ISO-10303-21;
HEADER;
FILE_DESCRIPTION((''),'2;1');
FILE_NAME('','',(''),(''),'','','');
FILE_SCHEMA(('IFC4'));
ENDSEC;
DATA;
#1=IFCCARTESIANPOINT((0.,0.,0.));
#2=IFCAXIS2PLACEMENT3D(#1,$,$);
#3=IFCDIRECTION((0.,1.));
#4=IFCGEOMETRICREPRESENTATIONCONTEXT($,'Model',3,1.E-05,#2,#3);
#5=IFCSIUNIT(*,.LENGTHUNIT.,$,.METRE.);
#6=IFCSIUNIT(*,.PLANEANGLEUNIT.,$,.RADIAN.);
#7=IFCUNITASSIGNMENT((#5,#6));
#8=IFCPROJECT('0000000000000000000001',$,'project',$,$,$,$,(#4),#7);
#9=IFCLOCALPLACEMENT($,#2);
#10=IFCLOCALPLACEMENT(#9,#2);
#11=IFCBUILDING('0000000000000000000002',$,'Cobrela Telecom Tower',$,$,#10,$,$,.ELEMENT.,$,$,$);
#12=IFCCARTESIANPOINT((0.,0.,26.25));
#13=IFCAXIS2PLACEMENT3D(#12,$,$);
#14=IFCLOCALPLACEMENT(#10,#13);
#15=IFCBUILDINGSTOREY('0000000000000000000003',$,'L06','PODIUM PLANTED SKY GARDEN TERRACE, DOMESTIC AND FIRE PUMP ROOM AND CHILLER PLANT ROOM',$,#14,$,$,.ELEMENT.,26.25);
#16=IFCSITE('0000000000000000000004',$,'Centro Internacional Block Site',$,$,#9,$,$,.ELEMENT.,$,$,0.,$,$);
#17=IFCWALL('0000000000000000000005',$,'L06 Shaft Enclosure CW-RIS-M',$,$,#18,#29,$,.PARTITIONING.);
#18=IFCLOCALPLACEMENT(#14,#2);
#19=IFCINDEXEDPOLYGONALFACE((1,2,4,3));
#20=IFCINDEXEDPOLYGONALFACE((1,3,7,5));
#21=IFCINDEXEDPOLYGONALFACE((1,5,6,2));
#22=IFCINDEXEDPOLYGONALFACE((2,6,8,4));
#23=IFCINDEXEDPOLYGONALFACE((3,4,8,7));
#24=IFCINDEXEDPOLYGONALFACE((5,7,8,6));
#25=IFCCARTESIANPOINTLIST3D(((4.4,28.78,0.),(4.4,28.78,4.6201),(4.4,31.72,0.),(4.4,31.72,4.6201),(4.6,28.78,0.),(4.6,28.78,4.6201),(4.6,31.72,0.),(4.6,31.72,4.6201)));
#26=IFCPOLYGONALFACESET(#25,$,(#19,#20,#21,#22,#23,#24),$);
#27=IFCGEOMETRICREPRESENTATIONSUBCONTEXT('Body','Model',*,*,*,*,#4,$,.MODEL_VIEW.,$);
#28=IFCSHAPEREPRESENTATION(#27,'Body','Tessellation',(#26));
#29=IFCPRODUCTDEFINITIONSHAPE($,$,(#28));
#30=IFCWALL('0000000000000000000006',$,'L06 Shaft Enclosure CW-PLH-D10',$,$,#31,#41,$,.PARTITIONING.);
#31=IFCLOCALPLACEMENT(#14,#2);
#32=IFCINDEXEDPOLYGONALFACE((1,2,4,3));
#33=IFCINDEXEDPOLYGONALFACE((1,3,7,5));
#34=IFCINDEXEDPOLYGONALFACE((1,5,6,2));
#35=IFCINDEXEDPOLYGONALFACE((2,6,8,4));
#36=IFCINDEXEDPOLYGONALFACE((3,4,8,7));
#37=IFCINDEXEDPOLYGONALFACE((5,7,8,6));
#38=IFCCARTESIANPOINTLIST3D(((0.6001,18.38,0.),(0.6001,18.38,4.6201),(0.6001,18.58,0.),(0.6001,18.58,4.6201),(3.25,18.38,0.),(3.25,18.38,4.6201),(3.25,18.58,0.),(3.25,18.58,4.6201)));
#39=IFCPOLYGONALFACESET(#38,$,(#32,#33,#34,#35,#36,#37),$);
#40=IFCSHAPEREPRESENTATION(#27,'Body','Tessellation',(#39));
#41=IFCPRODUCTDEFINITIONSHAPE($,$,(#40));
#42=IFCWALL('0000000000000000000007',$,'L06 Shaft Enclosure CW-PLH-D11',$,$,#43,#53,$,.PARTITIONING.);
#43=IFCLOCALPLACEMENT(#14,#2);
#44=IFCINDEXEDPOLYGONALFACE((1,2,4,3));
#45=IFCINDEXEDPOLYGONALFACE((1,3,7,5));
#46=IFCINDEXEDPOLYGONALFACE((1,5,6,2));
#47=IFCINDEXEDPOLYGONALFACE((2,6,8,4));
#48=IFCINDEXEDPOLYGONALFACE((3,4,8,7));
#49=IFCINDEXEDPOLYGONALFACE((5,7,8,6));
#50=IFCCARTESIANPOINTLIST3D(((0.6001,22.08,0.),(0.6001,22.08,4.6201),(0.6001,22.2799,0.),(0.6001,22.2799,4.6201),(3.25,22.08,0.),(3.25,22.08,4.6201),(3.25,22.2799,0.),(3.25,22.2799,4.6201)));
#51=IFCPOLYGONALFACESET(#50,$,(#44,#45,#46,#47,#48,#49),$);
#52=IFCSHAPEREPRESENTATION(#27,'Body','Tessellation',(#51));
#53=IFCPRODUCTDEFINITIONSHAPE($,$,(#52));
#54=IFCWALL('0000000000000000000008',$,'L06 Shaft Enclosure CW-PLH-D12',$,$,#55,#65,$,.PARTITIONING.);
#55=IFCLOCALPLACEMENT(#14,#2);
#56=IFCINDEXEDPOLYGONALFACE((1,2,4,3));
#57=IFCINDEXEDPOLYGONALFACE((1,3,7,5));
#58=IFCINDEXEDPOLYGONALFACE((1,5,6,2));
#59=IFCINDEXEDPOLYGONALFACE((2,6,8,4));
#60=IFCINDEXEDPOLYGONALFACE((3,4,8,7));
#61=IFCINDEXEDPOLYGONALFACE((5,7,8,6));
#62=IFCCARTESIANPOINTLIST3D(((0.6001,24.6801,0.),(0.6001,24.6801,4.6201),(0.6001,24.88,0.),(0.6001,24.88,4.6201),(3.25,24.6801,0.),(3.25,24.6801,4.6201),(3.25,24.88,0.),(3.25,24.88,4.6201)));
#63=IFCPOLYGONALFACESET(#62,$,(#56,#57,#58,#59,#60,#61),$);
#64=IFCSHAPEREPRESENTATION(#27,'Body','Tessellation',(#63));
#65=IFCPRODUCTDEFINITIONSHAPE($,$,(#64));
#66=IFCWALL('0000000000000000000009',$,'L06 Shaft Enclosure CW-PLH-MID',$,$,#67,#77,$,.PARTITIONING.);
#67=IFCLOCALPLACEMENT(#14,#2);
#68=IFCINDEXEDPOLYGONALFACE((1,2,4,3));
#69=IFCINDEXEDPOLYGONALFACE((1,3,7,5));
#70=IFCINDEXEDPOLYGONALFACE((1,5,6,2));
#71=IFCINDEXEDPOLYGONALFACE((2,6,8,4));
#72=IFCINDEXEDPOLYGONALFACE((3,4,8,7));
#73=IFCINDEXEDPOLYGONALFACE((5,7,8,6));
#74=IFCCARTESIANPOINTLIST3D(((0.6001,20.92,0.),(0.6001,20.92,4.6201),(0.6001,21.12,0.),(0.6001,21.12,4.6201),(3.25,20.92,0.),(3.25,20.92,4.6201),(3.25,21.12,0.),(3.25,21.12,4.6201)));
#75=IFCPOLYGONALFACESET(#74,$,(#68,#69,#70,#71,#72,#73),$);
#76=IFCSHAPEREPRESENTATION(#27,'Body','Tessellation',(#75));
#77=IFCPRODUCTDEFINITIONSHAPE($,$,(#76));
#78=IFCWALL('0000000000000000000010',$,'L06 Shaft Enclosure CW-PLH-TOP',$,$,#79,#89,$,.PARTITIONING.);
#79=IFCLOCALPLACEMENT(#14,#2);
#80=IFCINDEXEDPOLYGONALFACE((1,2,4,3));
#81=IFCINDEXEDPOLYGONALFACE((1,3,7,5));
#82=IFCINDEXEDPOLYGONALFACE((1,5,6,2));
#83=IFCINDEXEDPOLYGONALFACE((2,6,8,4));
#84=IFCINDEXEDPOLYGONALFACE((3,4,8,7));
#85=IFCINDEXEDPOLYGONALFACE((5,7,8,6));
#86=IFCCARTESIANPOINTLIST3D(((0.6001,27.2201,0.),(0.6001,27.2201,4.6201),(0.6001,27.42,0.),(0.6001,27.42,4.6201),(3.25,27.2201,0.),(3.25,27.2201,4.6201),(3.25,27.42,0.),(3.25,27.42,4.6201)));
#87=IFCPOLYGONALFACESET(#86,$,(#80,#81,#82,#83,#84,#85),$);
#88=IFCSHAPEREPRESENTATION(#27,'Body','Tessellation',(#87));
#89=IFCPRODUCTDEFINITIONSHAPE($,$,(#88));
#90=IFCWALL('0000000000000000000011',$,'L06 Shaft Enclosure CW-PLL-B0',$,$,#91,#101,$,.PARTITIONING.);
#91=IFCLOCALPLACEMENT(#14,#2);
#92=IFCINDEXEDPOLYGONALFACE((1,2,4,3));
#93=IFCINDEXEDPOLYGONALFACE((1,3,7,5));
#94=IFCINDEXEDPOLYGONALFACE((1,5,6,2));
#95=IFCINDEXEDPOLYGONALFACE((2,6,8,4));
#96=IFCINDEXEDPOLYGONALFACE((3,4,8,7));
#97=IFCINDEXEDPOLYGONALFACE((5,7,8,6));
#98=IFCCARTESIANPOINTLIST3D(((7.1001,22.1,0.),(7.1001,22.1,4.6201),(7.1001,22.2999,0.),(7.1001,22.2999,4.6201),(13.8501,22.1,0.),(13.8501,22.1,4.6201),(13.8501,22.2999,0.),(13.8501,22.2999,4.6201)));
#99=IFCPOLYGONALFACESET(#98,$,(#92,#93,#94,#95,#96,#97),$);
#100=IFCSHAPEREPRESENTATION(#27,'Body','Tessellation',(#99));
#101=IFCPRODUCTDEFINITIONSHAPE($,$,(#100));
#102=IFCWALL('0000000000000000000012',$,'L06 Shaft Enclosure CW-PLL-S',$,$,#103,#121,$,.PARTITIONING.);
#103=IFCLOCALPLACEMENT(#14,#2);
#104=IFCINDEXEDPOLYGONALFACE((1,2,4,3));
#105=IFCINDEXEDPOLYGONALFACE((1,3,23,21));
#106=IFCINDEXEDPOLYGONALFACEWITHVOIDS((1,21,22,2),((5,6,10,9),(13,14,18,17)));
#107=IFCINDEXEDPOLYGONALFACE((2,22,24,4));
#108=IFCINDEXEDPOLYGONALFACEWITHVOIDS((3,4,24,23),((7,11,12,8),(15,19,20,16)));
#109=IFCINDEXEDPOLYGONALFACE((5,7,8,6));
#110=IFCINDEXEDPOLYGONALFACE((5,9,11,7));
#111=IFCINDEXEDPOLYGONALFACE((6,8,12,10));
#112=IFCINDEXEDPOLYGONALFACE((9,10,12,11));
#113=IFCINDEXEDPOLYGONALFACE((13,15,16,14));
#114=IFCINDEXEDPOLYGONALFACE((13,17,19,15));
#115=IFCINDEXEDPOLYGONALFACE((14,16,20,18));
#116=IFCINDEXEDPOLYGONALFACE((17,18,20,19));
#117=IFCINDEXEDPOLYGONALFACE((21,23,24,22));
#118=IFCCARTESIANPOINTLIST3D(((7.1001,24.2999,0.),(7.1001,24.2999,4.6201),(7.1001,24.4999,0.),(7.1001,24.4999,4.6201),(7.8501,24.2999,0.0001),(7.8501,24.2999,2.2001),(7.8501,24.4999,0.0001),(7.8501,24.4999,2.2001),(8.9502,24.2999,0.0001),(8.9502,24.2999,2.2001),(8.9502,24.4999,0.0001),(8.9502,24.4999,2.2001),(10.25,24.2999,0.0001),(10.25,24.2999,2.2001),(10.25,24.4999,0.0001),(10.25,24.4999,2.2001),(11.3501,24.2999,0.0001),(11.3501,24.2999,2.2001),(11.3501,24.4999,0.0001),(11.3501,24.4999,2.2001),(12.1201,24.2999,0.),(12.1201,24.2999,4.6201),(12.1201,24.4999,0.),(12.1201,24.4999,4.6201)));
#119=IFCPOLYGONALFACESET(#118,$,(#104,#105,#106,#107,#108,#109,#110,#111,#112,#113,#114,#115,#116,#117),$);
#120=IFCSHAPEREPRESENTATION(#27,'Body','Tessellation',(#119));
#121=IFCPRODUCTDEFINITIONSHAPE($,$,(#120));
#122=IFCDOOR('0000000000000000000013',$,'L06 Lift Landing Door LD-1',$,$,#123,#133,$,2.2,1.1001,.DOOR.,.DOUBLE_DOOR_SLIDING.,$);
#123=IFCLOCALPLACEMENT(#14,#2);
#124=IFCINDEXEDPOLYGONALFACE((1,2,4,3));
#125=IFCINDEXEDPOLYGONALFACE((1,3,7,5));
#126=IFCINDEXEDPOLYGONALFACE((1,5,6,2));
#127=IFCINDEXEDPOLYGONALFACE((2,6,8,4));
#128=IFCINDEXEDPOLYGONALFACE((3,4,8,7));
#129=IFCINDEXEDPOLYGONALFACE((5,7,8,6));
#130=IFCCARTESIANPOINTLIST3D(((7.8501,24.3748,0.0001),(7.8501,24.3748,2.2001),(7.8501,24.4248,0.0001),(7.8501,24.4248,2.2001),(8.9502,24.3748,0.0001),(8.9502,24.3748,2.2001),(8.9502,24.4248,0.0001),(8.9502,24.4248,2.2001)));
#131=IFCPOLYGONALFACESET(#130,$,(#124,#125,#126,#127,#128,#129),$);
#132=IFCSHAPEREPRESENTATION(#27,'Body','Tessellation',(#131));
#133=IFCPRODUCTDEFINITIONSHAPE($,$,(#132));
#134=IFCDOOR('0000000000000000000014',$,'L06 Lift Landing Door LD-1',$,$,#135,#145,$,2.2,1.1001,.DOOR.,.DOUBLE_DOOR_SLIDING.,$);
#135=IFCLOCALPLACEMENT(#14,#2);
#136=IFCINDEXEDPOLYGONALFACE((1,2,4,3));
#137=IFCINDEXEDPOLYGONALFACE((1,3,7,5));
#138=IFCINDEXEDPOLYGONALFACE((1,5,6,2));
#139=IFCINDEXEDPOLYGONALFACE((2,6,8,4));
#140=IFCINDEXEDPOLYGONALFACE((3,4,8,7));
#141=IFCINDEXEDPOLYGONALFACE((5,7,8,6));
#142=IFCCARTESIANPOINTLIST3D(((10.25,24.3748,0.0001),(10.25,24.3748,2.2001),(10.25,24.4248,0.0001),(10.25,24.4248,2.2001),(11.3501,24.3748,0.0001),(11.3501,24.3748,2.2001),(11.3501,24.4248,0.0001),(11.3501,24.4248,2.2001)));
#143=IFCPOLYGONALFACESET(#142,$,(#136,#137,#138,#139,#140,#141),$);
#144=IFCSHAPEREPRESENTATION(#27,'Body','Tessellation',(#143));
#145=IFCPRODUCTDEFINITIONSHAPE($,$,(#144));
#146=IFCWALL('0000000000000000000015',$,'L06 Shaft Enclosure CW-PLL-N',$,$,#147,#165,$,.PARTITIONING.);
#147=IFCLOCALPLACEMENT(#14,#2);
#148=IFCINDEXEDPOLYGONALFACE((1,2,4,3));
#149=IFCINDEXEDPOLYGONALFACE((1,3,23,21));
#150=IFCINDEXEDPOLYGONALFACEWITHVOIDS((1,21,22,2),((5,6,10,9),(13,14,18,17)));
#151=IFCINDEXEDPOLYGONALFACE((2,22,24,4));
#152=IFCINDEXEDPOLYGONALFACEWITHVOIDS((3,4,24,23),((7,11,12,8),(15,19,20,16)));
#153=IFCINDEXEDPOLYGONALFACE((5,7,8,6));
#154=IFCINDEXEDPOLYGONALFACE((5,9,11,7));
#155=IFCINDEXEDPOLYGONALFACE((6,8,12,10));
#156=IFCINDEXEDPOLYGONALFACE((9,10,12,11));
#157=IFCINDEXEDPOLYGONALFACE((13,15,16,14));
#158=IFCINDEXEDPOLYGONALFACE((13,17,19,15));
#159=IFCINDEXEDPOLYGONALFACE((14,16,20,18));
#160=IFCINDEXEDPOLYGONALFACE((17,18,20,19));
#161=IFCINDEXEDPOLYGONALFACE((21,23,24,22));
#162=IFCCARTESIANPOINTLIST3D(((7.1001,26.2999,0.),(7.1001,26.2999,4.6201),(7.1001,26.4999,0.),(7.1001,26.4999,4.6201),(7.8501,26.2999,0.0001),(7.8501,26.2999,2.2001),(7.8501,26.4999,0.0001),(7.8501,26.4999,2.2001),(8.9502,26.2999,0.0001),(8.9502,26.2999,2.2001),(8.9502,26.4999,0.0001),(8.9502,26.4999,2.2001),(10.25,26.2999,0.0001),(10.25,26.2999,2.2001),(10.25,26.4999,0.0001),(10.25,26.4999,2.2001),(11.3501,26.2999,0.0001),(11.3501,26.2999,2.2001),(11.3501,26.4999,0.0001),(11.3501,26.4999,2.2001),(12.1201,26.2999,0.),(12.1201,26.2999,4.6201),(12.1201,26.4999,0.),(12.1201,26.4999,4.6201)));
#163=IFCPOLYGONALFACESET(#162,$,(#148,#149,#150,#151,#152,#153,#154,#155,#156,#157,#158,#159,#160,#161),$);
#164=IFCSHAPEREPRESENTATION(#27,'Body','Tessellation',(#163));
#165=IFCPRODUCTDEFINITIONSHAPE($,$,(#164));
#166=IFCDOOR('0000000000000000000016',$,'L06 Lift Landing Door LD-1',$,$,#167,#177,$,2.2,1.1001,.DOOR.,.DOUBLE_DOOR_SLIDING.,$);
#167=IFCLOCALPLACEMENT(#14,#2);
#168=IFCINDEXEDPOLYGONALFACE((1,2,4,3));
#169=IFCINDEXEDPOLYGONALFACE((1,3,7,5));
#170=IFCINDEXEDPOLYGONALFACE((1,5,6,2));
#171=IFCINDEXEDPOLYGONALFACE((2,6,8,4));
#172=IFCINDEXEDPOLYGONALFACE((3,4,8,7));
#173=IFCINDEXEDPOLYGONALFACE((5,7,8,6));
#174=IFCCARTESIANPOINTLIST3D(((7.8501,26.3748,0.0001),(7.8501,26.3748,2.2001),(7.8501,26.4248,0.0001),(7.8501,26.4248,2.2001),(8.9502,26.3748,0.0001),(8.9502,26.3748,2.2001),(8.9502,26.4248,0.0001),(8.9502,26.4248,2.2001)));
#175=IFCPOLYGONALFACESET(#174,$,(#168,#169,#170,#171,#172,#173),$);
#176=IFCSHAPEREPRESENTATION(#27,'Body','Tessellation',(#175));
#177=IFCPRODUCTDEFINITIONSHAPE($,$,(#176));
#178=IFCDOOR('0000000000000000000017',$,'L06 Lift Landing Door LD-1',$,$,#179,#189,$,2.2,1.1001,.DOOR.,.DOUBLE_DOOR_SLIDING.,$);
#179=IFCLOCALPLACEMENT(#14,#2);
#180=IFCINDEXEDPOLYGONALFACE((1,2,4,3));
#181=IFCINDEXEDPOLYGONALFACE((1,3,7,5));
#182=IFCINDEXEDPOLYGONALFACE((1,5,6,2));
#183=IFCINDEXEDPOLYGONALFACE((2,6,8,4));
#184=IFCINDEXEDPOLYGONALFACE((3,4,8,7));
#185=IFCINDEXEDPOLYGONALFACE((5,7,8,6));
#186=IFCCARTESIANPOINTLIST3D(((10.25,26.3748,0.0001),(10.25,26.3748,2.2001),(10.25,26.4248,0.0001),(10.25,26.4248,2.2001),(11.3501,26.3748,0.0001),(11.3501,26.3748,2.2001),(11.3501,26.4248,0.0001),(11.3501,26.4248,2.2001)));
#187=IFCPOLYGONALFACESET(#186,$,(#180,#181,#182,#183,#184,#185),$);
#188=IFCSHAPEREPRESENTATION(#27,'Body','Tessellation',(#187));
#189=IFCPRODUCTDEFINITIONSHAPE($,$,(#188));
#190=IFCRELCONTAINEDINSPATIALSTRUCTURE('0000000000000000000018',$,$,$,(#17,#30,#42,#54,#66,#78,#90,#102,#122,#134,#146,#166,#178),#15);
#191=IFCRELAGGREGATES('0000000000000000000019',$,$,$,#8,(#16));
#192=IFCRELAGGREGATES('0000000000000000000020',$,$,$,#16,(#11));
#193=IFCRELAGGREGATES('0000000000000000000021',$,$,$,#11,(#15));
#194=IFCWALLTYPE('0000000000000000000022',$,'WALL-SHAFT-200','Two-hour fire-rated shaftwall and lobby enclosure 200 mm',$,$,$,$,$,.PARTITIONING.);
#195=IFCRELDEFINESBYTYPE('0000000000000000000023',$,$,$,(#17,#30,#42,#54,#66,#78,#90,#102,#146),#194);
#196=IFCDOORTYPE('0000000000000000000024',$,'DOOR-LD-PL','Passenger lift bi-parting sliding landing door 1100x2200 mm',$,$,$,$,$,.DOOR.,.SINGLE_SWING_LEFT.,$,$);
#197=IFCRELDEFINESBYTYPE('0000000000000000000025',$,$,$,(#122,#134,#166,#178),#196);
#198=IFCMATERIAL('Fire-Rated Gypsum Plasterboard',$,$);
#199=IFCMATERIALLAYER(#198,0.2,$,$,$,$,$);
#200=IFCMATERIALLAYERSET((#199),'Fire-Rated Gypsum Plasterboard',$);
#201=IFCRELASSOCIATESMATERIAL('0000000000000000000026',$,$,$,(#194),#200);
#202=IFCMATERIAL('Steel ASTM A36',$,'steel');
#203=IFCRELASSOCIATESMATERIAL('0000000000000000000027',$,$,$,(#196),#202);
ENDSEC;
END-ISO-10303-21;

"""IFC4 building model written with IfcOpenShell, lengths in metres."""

from ifc_helpers import new_model, si_unit, direction, frame, frame_2d, origin, place, context, subcontext, project, spatial, rectangle, extrude, material, layer, layer_set, type_object, element, fill, save


model = new_model("IFC4")

# Units and contexts
model_context = context("Model", 3, precision=1e-05, world=origin(), true_north=direction((0.0, 1.0)))
body_context = subcontext(model_context, "Body", "Model", "MODEL_VIEW")
ifc_project = project(units=[si_unit("LENGTHUNIT", "METRE"), si_unit("PLANEANGLEUNIT", "RADIAN")], contexts=[model_context])

# Site, building, storey
site_placement = place(None, origin())
site = spatial("IfcSite", under=ifc_project, at=site_placement, Name="Centro Internacional Block Site", CompositionType="ELEMENT", RefElevation=0.0)
building_placement = place(site_placement, origin())
building = spatial("IfcBuilding", under=site, at=building_placement, Name="Cobrela Telecom Tower", CompositionType="ELEMENT")
storey_placement = place(building_placement, frame((0.0, 0.0, 26.25)))
storey = spatial("IfcBuildingStorey", under=building, at=storey_placement, Name="L06", Description="PODIUM PLANTED SKY GARDEN TERRACE, DOMESTIC AND FIRE PUMP ROOM AND CHILLER PLANT ROOM", CompositionType="ELEMENT", Elevation=26.25)

# Shared definitions
ifc_material_1 = material(Name="Fire-Rated Gypsum Plasterboard")
ifc_layer_1 = layer(ifc_material_1, 0.2)
ifc_layer_set_1 = layer_set([ifc_layer_1], Name="Fire-Rated Gypsum Plasterboard")
wall_type_1 = type_object("IfcWallType", Name="WALL-SHAFT-200", Description="Two-hour fire-rated shaftwall and lobby enclosure 200 mm", PredefinedType="PARTITIONING", material=ifc_layer_set_1)
ifc_material_2 = material(Name="Steel ASTM A36", Category="steel")

# Walls
wall_1_placement = place(storey_placement, frame((4.5, 28.78, 0.0), z_axis=(0.0, 0.0, 1.0), x_axis=(0.0, 1.0, 0.0)))
element("IfcWall", 1, at=wall_1_placement, inside=storey, type_object=wall_type_1, Name="L06 Shaft Enclosure CW-RIS-M", PredefinedType="PARTITIONING", context=body_context, shape_type="SweptSolid", body=[
    extrude(rectangle(XDim=2.9399, YDim=0.2, at=frame_2d((1.47, 0.0))), origin(), (0.0, 0.0, 1.0), 4.6201),
])
for number, where, z_axis, x_axis, name in (
    (2, (0.6001, 18.48, 0.0), (0.0, 0.0, 1.0), (1.0, 0.0, 0.0), "L06 Shaft Enclosure CW-PLH-D10"),
    (3, (0.6001, 22.1799, 0.0), (0.0, 0.0, 1.0), (1.0, 0.0, 0.0), "L06 Shaft Enclosure CW-PLH-D11"),
    (4, (0.6001, 24.78, 0.0), (0.0, 0.0, 1.0), (1.0, 0.0, 0.0), "L06 Shaft Enclosure CW-PLH-D12"),
    (5, (0.6001, 21.02, 0.0), (0.0, 0.0, 1.0), (1.0, 0.0, 0.0), "L06 Shaft Enclosure CW-PLH-MID"),
    (6, (0.6001, 27.3201, 0.0), (0.0, 0.0, 1.0), (1.0, 0.0, 0.0), "L06 Shaft Enclosure CW-PLH-TOP"),
):
    element("IfcWall", number, at=place(storey_placement, frame(where, z_axis=z_axis, x_axis=x_axis)), inside=storey, type_object=wall_type_1, Name=name, PredefinedType="PARTITIONING", context=body_context, shape_type="SweptSolid", body=[
        extrude(rectangle(XDim=2.6499, YDim=0.2, at=frame_2d((1.325, 0.0))), origin(), (0.0, 0.0, 1.0), 4.6201),
    ])
wall_2_placement = place(storey_placement, frame((7.1001, 22.2, 0.0), z_axis=(0.0, 0.0, 1.0), x_axis=(1.0, 0.0, 0.0)))
element("IfcWall", 7, at=wall_2_placement, inside=storey, type_object=wall_type_1, Name="L06 Shaft Enclosure CW-PLL-B0", PredefinedType="PARTITIONING", context=body_context, shape_type="SweptSolid", body=[
    extrude(rectangle(XDim=6.75, YDim=0.2, at=frame_2d((3.375, 0.0))), origin(), (0.0, 0.0, 1.0), 4.6201),
])

# Walls, openings, doors
wall_3_placement = place(storey_placement, frame((7.1001, 24.3999, 0.0), z_axis=(0.0, 0.0, 1.0), x_axis=(1.0, 0.0, 0.0)))
wall_3 = element("IfcWall", 8, at=wall_3_placement, inside=storey, type_object=wall_type_1, Name="L06 Shaft Enclosure CW-PLL-S", PredefinedType="PARTITIONING", context=body_context, shape_type="SweptSolid", body=[
    extrude(rectangle(XDim=5.02, YDim=0.2, at=frame_2d((2.51, 0.0))), origin(), (0.0, 0.0, 1.0), 4.6201),
])
opening_1_placement = place(wall_3_placement, frame((0.75, 0.0, 0.0)))
opening_1 = element("IfcOpeningElement", 9, at=opening_1_placement, cuts=wall_3, PredefinedType="OPENING", context=body_context, shape_type="SweptSolid", body=[
    extrude(rectangle(XDim=1.1001, YDim=2.2, at=frame_2d((0.55, 1.1001))), frame((0.0, 0.1118, 0.0), z_axis=(0.0, -1.0, 0.0), x_axis=(1.0, 0.0, 0.0)), (0.0, 0.0, 1.0), 0.2239),
])
opening_2_placement = place(wall_3_placement, frame((3.1499, 0.0, 0.0)))
opening_2 = element("IfcOpeningElement", 10, at=opening_2_placement, cuts=wall_3, PredefinedType="OPENING", context=body_context, shape_type="SweptSolid", body=[
    extrude(rectangle(XDim=1.1001, YDim=2.2, at=frame_2d((0.55, 1.1001))), frame((0.0, 0.1118, 0.0), z_axis=(0.0, -1.0, 0.0), x_axis=(1.0, 0.0, 0.0)), (0.0, 0.0, 1.0), 0.2239),
])
door_type_1 = type_object("IfcDoorType", Name="DOOR-LD-PL", Description="Passenger lift bi-parting sliding landing door 1100x2200 mm", OperationType="SINGLE_SWING_LEFT", PredefinedType="DOOR", material=ifc_material_2)
door_1_placement = place(opening_1_placement, origin())
door_1 = element("IfcDoor", 11, at=door_1_placement, inside=storey, type_object=door_type_1, Name="L06 Lift Landing Door LD-1", OperationType="DOUBLE_DOOR_SLIDING", OverallHeight=2.2, OverallWidth=1.1001, PredefinedType="DOOR", context=body_context, shape_type="SweptSolid", body=[
    extrude(rectangle(XDim=1.1001, YDim=2.2, at=frame_2d((0.55, 1.1001))), frame((0.0, 0.0249, 0.0), z_axis=(0.0, -1.0, 0.0), x_axis=(1.0, 0.0, 0.0)), (0.0, 0.0, 1.0), 0.05),
])
fill(opening_1, door_1)
door_2_placement = place(opening_2_placement, origin())
door_2 = element("IfcDoor", 12, at=door_2_placement, inside=storey, type_object=door_type_1, Name="L06 Lift Landing Door LD-1", OperationType="DOUBLE_DOOR_SLIDING", OverallHeight=2.2, OverallWidth=1.1001, PredefinedType="DOOR", context=body_context, shape_type="SweptSolid", body=[
    extrude(rectangle(XDim=1.1001, YDim=2.2, at=frame_2d((0.55, 1.1001))), frame((0.0, 0.0249, 0.0), z_axis=(0.0, -1.0, 0.0), x_axis=(1.0, 0.0, 0.0)), (0.0, 0.0, 1.0), 0.05),
])
fill(opening_2, door_2)
wall_4_placement = place(storey_placement, frame((7.1001, 26.3999, 0.0), z_axis=(0.0, 0.0, 1.0), x_axis=(1.0, 0.0, 0.0)))
wall_4 = element("IfcWall", 13, at=wall_4_placement, inside=storey, type_object=wall_type_1, Name="L06 Shaft Enclosure CW-PLL-N", PredefinedType="PARTITIONING", context=body_context, shape_type="SweptSolid", body=[
    extrude(rectangle(XDim=5.02, YDim=0.2, at=frame_2d((2.51, 0.0))), origin(), (0.0, 0.0, 1.0), 4.6201),
])
opening_3_placement = place(wall_4_placement, frame((0.75, 0.0, 0.0)))
opening_3 = element("IfcOpeningElement", 14, at=opening_3_placement, cuts=wall_4, PredefinedType="OPENING", context=body_context, shape_type="SweptSolid", body=[
    extrude(rectangle(XDim=1.1001, YDim=2.2, at=frame_2d((0.55, 1.1001))), frame((0.0, 0.1118, 0.0), z_axis=(0.0, -1.0, 0.0), x_axis=(1.0, 0.0, 0.0)), (0.0, 0.0, 1.0), 0.2239),
])
opening_4_placement = place(wall_4_placement, frame((3.1499, 0.0, 0.0)))
opening_4 = element("IfcOpeningElement", 15, at=opening_4_placement, cuts=wall_4, PredefinedType="OPENING", context=body_context, shape_type="SweptSolid", body=[
    extrude(rectangle(XDim=1.1001, YDim=2.2, at=frame_2d((0.55, 1.1001))), frame((0.0, 0.1118, 0.0), z_axis=(0.0, -1.0, 0.0), x_axis=(1.0, 0.0, 0.0)), (0.0, 0.0, 1.0), 0.2239),
])
door_3_placement = place(opening_3_placement, origin())
door_3 = element("IfcDoor", 16, at=door_3_placement, inside=storey, type_object=door_type_1, Name="L06 Lift Landing Door LD-1", OperationType="DOUBLE_DOOR_SLIDING", OverallHeight=2.2, OverallWidth=1.1001, PredefinedType="DOOR", context=body_context, shape_type="SweptSolid", body=[
    extrude(rectangle(XDim=1.1001, YDim=2.2, at=frame_2d((0.55, 1.1001))), frame((0.0, 0.0249, 0.0), z_axis=(0.0, -1.0, 0.0), x_axis=(1.0, 0.0, 0.0)), (0.0, 0.0, 1.0), 0.05),
])
fill(opening_3, door_3)
door_4_placement = place(opening_4_placement, origin())
door_4 = element("IfcDoor", 17, at=door_4_placement, inside=storey, type_object=door_type_1, Name="L06 Lift Landing Door LD-1", OperationType="DOUBLE_DOOR_SLIDING", OverallHeight=2.2, OverallWidth=1.1001, PredefinedType="DOOR", context=body_context, shape_type="SweptSolid", body=[
    extrude(rectangle(XDim=1.1001, YDim=2.2, at=frame_2d((0.55, 1.1001))), frame((0.0, 0.0249, 0.0), z_axis=(0.0, -1.0, 0.0), x_axis=(1.0, 0.0, 0.0)), (0.0, 0.0, 1.0), 0.05),
])
fill(opening_4, door_4)

save(model, "model.ifc")
